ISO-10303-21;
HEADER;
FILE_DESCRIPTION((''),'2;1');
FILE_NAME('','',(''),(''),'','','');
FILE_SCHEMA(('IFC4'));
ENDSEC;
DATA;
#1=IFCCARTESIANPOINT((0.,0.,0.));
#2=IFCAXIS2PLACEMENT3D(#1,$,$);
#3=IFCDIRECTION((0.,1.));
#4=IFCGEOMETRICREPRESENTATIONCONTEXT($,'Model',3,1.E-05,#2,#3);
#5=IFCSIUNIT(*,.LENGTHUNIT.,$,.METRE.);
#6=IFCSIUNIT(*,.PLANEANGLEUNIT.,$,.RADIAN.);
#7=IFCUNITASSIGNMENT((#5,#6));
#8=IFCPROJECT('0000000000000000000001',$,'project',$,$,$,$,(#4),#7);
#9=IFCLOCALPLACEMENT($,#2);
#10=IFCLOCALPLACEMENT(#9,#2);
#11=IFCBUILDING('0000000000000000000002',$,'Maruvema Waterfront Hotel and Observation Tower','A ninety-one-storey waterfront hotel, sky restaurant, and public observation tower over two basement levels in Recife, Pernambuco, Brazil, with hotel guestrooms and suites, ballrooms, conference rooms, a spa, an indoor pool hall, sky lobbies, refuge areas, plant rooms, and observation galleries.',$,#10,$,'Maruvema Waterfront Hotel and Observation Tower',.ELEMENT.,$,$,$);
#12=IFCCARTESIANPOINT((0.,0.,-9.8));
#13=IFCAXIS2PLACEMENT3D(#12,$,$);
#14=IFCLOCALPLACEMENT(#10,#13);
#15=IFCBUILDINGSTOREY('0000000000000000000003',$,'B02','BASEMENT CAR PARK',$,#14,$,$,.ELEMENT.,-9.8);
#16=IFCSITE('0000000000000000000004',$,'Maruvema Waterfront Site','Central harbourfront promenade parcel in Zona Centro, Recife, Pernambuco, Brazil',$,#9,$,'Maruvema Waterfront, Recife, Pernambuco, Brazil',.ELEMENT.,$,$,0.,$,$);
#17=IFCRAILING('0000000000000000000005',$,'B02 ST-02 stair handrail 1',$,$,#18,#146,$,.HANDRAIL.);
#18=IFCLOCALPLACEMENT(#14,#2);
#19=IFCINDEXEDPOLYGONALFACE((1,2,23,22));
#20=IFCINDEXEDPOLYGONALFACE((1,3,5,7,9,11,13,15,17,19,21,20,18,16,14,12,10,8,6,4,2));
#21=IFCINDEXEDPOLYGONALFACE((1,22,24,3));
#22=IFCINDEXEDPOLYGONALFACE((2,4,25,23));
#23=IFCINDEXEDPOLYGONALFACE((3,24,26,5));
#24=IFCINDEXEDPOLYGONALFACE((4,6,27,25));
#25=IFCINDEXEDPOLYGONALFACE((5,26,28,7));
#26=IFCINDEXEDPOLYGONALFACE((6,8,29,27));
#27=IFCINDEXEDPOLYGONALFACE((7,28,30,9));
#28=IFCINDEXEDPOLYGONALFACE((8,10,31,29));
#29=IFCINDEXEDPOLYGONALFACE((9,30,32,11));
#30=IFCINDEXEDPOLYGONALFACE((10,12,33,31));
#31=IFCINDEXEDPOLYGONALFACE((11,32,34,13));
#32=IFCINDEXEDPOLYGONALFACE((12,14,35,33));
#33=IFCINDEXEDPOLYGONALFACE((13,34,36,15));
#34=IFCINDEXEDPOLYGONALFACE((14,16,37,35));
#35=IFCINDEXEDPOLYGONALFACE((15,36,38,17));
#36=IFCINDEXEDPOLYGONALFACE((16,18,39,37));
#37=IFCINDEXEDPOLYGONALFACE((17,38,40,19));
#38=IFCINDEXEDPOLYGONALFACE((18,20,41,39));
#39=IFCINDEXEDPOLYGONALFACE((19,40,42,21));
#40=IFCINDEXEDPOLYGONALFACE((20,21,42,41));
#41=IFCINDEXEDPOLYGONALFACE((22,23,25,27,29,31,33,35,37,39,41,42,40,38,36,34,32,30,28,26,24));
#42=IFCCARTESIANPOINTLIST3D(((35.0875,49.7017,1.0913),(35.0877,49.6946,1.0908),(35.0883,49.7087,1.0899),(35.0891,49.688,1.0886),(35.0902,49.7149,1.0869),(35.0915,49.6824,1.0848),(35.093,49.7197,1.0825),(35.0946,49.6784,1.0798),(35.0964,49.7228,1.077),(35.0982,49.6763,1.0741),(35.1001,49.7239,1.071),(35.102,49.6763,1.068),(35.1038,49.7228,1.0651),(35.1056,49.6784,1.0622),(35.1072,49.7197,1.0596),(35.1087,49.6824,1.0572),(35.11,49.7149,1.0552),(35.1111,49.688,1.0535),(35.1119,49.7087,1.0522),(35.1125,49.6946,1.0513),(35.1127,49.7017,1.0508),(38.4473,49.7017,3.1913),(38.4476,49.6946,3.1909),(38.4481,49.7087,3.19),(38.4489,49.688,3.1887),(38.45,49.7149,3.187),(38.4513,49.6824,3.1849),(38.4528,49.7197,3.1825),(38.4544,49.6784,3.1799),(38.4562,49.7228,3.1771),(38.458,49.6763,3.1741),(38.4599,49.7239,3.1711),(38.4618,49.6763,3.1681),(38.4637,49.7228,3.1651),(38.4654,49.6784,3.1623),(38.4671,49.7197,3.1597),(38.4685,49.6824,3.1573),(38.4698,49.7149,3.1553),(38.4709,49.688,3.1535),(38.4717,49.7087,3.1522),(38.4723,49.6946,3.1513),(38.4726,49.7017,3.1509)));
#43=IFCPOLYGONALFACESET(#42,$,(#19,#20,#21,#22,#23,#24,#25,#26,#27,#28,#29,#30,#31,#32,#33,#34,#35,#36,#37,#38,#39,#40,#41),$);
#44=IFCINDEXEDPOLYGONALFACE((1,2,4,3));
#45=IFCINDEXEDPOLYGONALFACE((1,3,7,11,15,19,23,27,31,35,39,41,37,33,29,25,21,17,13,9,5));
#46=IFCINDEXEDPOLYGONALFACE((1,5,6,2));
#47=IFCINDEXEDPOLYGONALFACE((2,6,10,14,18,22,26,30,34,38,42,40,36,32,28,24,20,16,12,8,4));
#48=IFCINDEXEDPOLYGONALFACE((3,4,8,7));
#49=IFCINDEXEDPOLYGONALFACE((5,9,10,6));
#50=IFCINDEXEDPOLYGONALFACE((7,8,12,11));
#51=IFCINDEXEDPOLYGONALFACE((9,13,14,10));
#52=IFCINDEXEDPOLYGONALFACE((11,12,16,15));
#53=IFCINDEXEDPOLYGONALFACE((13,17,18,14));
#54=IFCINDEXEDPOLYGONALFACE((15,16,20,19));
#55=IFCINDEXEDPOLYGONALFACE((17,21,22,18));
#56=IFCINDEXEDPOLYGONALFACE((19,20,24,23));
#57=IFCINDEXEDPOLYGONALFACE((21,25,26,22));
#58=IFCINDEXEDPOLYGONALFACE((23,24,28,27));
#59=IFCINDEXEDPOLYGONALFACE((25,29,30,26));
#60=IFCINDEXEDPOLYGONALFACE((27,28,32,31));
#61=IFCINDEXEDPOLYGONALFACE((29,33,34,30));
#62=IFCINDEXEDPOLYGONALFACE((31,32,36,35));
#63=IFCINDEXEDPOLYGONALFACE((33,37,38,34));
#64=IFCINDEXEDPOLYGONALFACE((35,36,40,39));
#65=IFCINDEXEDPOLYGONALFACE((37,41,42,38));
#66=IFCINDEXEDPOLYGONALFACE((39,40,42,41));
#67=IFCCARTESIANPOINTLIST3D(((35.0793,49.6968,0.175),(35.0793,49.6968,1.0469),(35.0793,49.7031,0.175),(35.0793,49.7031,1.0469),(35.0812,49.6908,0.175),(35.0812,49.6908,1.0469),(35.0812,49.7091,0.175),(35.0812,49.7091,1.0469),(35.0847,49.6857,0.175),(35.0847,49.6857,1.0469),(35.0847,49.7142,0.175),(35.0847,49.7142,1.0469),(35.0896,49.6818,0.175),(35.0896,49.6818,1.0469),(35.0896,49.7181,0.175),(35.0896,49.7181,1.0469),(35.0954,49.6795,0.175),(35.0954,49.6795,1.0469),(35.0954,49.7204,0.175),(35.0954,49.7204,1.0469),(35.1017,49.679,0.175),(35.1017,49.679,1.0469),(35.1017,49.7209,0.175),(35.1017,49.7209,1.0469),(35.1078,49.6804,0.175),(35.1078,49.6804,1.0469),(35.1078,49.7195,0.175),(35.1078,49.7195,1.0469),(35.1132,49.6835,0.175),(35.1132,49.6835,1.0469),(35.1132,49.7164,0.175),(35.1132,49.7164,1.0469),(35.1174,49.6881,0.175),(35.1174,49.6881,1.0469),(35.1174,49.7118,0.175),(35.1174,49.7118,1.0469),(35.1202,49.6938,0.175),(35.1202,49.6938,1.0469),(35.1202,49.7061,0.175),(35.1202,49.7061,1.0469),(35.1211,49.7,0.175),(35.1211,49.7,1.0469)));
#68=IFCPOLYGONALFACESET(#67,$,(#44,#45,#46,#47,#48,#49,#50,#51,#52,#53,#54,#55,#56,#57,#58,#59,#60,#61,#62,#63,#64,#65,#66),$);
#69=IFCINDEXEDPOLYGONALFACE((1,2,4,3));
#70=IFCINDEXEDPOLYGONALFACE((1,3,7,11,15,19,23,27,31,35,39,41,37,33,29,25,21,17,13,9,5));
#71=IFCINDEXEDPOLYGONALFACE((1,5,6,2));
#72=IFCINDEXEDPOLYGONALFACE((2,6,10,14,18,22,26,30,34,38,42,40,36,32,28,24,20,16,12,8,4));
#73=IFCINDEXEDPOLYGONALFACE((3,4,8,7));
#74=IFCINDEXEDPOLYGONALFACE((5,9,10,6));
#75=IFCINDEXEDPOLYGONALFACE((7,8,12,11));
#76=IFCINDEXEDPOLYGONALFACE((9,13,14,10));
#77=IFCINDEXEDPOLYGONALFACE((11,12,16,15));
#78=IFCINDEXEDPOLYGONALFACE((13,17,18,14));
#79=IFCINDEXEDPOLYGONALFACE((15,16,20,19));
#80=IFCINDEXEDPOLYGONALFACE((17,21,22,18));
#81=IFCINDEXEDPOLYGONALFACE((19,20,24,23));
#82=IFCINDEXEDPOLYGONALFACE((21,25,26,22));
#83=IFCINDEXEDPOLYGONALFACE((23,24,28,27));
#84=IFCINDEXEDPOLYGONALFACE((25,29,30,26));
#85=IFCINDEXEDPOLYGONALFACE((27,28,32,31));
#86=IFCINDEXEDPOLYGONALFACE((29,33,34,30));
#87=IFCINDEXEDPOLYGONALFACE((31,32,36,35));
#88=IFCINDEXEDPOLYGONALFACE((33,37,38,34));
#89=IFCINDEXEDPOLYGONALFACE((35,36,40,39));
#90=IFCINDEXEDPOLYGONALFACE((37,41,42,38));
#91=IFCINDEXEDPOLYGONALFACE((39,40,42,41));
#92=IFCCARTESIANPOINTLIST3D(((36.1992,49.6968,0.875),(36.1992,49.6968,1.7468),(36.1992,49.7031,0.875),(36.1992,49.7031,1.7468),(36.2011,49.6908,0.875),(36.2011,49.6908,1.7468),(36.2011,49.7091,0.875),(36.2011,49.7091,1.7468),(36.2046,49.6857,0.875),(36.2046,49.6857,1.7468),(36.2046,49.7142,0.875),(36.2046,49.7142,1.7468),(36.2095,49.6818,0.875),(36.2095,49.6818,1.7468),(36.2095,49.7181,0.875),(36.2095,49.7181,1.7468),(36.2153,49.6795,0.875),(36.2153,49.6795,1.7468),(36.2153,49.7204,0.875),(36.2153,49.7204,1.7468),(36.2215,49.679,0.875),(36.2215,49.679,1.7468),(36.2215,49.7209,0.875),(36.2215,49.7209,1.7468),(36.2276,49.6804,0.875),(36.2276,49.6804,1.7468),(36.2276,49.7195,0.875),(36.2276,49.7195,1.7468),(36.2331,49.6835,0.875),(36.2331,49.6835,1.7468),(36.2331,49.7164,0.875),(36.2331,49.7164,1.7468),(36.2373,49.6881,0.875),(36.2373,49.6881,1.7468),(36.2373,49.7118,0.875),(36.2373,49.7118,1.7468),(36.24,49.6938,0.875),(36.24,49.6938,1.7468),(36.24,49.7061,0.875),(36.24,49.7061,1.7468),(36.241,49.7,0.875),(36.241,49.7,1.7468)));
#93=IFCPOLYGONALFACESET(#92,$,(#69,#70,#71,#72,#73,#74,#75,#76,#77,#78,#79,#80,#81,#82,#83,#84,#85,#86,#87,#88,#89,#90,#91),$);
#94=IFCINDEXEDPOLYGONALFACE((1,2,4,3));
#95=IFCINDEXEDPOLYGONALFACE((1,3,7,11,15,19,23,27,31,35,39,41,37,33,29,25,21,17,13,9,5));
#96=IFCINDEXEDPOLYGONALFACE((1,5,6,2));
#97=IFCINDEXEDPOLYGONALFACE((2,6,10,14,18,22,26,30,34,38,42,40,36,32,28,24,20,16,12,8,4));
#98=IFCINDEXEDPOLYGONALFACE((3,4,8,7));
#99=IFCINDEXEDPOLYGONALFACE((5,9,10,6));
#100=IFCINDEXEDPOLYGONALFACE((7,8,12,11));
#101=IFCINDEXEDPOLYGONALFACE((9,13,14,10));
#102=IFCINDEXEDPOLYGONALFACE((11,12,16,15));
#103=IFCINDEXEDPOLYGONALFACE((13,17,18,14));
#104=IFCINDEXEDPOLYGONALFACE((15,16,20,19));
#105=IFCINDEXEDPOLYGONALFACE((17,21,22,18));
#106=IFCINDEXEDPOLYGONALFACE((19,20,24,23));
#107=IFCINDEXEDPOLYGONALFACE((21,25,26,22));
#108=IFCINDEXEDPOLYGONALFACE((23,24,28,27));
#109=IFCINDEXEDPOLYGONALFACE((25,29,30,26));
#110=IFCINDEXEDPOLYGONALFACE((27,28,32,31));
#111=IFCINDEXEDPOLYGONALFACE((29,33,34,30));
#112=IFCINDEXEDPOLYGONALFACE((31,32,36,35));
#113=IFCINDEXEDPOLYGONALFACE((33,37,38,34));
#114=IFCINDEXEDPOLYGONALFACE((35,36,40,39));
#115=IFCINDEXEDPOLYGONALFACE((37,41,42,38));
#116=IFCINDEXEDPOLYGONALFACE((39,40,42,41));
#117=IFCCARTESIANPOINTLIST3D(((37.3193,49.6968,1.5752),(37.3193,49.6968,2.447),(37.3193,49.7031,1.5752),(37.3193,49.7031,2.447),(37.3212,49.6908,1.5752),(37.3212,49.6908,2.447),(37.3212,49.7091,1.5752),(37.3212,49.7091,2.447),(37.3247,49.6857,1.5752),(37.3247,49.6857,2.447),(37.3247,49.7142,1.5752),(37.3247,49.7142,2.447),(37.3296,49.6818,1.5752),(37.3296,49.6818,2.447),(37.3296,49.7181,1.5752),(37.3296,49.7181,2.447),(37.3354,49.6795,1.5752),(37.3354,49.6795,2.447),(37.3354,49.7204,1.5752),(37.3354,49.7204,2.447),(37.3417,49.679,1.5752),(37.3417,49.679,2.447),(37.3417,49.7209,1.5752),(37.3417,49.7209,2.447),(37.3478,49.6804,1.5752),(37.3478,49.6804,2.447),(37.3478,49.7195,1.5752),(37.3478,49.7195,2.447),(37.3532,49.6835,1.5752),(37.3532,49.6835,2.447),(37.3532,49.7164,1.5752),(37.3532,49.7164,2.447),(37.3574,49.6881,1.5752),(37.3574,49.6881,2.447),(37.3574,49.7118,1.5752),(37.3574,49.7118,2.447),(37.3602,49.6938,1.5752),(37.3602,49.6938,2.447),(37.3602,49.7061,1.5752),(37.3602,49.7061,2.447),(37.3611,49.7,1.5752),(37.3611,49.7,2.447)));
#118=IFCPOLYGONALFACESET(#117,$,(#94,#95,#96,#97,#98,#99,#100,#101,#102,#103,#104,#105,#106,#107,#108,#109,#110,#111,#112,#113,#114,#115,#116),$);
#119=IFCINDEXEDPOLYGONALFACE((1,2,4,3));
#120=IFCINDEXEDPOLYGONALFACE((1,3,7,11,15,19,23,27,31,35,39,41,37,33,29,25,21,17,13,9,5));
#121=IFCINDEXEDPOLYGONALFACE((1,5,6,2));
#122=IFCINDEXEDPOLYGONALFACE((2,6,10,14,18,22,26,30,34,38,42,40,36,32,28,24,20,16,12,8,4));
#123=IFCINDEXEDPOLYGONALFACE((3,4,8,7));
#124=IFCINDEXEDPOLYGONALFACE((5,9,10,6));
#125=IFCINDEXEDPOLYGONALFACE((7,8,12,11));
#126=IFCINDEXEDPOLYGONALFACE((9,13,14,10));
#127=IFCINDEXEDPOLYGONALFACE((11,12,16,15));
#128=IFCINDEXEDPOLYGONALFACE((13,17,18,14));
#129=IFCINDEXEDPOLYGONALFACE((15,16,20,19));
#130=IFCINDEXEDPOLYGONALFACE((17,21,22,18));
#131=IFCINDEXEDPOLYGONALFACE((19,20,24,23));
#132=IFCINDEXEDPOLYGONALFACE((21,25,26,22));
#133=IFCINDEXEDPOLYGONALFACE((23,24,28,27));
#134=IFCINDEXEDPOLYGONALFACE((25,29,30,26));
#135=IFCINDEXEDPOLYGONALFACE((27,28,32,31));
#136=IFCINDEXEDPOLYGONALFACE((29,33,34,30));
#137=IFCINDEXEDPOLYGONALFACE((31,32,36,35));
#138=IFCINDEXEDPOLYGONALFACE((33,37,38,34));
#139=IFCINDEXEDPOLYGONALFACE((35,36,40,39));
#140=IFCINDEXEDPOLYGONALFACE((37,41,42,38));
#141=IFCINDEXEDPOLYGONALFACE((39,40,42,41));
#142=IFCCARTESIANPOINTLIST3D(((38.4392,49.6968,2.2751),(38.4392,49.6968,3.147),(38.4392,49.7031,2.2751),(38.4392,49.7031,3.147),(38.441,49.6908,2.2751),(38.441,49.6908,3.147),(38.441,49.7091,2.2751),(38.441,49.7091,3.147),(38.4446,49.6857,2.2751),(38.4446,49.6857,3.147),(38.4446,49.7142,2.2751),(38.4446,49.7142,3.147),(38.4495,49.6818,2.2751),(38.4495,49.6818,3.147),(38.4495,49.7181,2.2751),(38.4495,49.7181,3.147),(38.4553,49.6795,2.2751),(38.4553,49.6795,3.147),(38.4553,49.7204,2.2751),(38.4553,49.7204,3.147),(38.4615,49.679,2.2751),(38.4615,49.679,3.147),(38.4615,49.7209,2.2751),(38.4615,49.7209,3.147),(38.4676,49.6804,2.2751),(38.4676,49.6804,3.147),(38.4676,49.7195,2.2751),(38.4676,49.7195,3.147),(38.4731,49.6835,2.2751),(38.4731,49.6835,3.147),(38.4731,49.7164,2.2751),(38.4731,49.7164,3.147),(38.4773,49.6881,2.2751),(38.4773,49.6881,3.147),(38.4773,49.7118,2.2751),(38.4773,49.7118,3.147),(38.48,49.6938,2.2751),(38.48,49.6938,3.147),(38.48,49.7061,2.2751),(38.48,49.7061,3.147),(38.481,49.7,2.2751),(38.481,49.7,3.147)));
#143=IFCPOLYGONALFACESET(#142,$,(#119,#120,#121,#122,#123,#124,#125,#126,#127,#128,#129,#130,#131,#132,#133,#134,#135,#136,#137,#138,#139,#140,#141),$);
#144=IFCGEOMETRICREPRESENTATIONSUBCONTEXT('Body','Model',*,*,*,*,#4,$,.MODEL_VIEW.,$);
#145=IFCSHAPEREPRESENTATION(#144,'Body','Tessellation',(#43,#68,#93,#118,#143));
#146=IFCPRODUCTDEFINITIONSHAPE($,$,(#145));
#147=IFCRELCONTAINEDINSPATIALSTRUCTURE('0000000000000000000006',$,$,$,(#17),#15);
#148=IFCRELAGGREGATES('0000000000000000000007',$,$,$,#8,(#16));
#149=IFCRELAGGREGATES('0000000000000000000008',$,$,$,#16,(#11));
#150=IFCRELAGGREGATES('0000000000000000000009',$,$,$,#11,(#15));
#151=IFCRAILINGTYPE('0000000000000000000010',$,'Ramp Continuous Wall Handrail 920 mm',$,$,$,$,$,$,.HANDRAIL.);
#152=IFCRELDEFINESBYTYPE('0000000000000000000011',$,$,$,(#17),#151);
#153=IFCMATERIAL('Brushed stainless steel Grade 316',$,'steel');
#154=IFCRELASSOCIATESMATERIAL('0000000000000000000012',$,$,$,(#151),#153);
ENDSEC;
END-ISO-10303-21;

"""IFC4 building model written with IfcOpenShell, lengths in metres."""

from ifc_helpers import new_model, si_unit, direction, frame, origin, origin_2d, place, context, subcontext, project, spatial, circle, extrude, material, type_object, element, save


model = new_model("IFC4")

# Units and contexts
model_context = context("Model", 3, precision=1e-05, world=origin(), true_north=direction((0.0, 1.0)))
body_context = subcontext(model_context, "Body", "Model", "MODEL_VIEW")
ifc_project = project(units=[si_unit("LENGTHUNIT", "METRE"), si_unit("PLANEANGLEUNIT", "RADIAN")], contexts=[model_context])

# Site, building, storey
site_placement = place(None, origin())
site = spatial("IfcSite", under=ifc_project, at=site_placement, Name="Maruvema Waterfront Site", Description="Central harbourfront promenade parcel in Zona Centro, Recife, Pernambuco, Brazil", LongName="Maruvema Waterfront, Recife, Pernambuco, Brazil", CompositionType="ELEMENT", RefElevation=0.0)
building_placement = place(site_placement, origin())
building = spatial("IfcBuilding", under=site, at=building_placement, Name="Maruvema Waterfront Hotel and Observation Tower", Description="A ninety-one-storey waterfront hotel, sky restaurant, and public observation tower over two basement levels in Recife, Pernambuco, Brazil, with hotel guestrooms and suites, ballrooms, conference rooms, a spa, an indoor pool hall, sky lobbies, refuge areas, plant rooms, and observation galleries.", LongName="Maruvema Waterfront Hotel and Observation Tower", CompositionType="ELEMENT")
storey_placement = place(building_placement, frame((0.0, 0.0, -9.8)))
storey = spatial("IfcBuildingStorey", under=building, at=storey_placement, Name="B02", Description="BASEMENT CAR PARK", CompositionType="ELEMENT", Elevation=-9.8)

# Railing
ifc_material_1 = material(Name="Brushed stainless steel Grade 316", Category="steel")
railing_type_1 = type_object("IfcRailingType", Name="Ramp Continuous Wall Handrail 920 mm", PredefinedType="HANDRAIL", material=ifc_material_1)
railing_1_placement = place(storey_placement, frame((35.1001, 49.7, 0.175)))
element("IfcRailing", 1, at=railing_1_placement, inside=storey, type_object=railing_type_1, Name="B02 ST-02 stair handrail 1", PredefinedType="HANDRAIL", context=body_context, shape_type="SweptSolid", body=[
    extrude(circle(Radius=0.0239, at=origin_2d()), frame((0.0, 0.0, 0.896), z_axis=(0.847978, 0.0, 0.530032), x_axis=(0.0, 1.0, 0.0)), (0.0, 0.0, 1.0), 3.9622),
    extrude(circle(Radius=0.021, at=origin_2d()), origin(), (0.0, 0.0, 1.0), 0.8718),
    extrude(circle(Radius=0.021, at=origin_2d()), frame((1.1199, 0.0, 0.7)), (0.0, 0.0, 1.0), 0.8718),
    extrude(circle(Radius=0.021, at=origin_2d()), frame((2.24, 0.0, 1.4001)), (0.0, 0.0, 1.0), 0.8718),
    extrude(circle(Radius=0.021, at=origin_2d()), frame((3.3599, 0.0, 2.1001)), (0.0, 0.0, 1.0), 0.8718),
])

save(model, "model.ifc")
